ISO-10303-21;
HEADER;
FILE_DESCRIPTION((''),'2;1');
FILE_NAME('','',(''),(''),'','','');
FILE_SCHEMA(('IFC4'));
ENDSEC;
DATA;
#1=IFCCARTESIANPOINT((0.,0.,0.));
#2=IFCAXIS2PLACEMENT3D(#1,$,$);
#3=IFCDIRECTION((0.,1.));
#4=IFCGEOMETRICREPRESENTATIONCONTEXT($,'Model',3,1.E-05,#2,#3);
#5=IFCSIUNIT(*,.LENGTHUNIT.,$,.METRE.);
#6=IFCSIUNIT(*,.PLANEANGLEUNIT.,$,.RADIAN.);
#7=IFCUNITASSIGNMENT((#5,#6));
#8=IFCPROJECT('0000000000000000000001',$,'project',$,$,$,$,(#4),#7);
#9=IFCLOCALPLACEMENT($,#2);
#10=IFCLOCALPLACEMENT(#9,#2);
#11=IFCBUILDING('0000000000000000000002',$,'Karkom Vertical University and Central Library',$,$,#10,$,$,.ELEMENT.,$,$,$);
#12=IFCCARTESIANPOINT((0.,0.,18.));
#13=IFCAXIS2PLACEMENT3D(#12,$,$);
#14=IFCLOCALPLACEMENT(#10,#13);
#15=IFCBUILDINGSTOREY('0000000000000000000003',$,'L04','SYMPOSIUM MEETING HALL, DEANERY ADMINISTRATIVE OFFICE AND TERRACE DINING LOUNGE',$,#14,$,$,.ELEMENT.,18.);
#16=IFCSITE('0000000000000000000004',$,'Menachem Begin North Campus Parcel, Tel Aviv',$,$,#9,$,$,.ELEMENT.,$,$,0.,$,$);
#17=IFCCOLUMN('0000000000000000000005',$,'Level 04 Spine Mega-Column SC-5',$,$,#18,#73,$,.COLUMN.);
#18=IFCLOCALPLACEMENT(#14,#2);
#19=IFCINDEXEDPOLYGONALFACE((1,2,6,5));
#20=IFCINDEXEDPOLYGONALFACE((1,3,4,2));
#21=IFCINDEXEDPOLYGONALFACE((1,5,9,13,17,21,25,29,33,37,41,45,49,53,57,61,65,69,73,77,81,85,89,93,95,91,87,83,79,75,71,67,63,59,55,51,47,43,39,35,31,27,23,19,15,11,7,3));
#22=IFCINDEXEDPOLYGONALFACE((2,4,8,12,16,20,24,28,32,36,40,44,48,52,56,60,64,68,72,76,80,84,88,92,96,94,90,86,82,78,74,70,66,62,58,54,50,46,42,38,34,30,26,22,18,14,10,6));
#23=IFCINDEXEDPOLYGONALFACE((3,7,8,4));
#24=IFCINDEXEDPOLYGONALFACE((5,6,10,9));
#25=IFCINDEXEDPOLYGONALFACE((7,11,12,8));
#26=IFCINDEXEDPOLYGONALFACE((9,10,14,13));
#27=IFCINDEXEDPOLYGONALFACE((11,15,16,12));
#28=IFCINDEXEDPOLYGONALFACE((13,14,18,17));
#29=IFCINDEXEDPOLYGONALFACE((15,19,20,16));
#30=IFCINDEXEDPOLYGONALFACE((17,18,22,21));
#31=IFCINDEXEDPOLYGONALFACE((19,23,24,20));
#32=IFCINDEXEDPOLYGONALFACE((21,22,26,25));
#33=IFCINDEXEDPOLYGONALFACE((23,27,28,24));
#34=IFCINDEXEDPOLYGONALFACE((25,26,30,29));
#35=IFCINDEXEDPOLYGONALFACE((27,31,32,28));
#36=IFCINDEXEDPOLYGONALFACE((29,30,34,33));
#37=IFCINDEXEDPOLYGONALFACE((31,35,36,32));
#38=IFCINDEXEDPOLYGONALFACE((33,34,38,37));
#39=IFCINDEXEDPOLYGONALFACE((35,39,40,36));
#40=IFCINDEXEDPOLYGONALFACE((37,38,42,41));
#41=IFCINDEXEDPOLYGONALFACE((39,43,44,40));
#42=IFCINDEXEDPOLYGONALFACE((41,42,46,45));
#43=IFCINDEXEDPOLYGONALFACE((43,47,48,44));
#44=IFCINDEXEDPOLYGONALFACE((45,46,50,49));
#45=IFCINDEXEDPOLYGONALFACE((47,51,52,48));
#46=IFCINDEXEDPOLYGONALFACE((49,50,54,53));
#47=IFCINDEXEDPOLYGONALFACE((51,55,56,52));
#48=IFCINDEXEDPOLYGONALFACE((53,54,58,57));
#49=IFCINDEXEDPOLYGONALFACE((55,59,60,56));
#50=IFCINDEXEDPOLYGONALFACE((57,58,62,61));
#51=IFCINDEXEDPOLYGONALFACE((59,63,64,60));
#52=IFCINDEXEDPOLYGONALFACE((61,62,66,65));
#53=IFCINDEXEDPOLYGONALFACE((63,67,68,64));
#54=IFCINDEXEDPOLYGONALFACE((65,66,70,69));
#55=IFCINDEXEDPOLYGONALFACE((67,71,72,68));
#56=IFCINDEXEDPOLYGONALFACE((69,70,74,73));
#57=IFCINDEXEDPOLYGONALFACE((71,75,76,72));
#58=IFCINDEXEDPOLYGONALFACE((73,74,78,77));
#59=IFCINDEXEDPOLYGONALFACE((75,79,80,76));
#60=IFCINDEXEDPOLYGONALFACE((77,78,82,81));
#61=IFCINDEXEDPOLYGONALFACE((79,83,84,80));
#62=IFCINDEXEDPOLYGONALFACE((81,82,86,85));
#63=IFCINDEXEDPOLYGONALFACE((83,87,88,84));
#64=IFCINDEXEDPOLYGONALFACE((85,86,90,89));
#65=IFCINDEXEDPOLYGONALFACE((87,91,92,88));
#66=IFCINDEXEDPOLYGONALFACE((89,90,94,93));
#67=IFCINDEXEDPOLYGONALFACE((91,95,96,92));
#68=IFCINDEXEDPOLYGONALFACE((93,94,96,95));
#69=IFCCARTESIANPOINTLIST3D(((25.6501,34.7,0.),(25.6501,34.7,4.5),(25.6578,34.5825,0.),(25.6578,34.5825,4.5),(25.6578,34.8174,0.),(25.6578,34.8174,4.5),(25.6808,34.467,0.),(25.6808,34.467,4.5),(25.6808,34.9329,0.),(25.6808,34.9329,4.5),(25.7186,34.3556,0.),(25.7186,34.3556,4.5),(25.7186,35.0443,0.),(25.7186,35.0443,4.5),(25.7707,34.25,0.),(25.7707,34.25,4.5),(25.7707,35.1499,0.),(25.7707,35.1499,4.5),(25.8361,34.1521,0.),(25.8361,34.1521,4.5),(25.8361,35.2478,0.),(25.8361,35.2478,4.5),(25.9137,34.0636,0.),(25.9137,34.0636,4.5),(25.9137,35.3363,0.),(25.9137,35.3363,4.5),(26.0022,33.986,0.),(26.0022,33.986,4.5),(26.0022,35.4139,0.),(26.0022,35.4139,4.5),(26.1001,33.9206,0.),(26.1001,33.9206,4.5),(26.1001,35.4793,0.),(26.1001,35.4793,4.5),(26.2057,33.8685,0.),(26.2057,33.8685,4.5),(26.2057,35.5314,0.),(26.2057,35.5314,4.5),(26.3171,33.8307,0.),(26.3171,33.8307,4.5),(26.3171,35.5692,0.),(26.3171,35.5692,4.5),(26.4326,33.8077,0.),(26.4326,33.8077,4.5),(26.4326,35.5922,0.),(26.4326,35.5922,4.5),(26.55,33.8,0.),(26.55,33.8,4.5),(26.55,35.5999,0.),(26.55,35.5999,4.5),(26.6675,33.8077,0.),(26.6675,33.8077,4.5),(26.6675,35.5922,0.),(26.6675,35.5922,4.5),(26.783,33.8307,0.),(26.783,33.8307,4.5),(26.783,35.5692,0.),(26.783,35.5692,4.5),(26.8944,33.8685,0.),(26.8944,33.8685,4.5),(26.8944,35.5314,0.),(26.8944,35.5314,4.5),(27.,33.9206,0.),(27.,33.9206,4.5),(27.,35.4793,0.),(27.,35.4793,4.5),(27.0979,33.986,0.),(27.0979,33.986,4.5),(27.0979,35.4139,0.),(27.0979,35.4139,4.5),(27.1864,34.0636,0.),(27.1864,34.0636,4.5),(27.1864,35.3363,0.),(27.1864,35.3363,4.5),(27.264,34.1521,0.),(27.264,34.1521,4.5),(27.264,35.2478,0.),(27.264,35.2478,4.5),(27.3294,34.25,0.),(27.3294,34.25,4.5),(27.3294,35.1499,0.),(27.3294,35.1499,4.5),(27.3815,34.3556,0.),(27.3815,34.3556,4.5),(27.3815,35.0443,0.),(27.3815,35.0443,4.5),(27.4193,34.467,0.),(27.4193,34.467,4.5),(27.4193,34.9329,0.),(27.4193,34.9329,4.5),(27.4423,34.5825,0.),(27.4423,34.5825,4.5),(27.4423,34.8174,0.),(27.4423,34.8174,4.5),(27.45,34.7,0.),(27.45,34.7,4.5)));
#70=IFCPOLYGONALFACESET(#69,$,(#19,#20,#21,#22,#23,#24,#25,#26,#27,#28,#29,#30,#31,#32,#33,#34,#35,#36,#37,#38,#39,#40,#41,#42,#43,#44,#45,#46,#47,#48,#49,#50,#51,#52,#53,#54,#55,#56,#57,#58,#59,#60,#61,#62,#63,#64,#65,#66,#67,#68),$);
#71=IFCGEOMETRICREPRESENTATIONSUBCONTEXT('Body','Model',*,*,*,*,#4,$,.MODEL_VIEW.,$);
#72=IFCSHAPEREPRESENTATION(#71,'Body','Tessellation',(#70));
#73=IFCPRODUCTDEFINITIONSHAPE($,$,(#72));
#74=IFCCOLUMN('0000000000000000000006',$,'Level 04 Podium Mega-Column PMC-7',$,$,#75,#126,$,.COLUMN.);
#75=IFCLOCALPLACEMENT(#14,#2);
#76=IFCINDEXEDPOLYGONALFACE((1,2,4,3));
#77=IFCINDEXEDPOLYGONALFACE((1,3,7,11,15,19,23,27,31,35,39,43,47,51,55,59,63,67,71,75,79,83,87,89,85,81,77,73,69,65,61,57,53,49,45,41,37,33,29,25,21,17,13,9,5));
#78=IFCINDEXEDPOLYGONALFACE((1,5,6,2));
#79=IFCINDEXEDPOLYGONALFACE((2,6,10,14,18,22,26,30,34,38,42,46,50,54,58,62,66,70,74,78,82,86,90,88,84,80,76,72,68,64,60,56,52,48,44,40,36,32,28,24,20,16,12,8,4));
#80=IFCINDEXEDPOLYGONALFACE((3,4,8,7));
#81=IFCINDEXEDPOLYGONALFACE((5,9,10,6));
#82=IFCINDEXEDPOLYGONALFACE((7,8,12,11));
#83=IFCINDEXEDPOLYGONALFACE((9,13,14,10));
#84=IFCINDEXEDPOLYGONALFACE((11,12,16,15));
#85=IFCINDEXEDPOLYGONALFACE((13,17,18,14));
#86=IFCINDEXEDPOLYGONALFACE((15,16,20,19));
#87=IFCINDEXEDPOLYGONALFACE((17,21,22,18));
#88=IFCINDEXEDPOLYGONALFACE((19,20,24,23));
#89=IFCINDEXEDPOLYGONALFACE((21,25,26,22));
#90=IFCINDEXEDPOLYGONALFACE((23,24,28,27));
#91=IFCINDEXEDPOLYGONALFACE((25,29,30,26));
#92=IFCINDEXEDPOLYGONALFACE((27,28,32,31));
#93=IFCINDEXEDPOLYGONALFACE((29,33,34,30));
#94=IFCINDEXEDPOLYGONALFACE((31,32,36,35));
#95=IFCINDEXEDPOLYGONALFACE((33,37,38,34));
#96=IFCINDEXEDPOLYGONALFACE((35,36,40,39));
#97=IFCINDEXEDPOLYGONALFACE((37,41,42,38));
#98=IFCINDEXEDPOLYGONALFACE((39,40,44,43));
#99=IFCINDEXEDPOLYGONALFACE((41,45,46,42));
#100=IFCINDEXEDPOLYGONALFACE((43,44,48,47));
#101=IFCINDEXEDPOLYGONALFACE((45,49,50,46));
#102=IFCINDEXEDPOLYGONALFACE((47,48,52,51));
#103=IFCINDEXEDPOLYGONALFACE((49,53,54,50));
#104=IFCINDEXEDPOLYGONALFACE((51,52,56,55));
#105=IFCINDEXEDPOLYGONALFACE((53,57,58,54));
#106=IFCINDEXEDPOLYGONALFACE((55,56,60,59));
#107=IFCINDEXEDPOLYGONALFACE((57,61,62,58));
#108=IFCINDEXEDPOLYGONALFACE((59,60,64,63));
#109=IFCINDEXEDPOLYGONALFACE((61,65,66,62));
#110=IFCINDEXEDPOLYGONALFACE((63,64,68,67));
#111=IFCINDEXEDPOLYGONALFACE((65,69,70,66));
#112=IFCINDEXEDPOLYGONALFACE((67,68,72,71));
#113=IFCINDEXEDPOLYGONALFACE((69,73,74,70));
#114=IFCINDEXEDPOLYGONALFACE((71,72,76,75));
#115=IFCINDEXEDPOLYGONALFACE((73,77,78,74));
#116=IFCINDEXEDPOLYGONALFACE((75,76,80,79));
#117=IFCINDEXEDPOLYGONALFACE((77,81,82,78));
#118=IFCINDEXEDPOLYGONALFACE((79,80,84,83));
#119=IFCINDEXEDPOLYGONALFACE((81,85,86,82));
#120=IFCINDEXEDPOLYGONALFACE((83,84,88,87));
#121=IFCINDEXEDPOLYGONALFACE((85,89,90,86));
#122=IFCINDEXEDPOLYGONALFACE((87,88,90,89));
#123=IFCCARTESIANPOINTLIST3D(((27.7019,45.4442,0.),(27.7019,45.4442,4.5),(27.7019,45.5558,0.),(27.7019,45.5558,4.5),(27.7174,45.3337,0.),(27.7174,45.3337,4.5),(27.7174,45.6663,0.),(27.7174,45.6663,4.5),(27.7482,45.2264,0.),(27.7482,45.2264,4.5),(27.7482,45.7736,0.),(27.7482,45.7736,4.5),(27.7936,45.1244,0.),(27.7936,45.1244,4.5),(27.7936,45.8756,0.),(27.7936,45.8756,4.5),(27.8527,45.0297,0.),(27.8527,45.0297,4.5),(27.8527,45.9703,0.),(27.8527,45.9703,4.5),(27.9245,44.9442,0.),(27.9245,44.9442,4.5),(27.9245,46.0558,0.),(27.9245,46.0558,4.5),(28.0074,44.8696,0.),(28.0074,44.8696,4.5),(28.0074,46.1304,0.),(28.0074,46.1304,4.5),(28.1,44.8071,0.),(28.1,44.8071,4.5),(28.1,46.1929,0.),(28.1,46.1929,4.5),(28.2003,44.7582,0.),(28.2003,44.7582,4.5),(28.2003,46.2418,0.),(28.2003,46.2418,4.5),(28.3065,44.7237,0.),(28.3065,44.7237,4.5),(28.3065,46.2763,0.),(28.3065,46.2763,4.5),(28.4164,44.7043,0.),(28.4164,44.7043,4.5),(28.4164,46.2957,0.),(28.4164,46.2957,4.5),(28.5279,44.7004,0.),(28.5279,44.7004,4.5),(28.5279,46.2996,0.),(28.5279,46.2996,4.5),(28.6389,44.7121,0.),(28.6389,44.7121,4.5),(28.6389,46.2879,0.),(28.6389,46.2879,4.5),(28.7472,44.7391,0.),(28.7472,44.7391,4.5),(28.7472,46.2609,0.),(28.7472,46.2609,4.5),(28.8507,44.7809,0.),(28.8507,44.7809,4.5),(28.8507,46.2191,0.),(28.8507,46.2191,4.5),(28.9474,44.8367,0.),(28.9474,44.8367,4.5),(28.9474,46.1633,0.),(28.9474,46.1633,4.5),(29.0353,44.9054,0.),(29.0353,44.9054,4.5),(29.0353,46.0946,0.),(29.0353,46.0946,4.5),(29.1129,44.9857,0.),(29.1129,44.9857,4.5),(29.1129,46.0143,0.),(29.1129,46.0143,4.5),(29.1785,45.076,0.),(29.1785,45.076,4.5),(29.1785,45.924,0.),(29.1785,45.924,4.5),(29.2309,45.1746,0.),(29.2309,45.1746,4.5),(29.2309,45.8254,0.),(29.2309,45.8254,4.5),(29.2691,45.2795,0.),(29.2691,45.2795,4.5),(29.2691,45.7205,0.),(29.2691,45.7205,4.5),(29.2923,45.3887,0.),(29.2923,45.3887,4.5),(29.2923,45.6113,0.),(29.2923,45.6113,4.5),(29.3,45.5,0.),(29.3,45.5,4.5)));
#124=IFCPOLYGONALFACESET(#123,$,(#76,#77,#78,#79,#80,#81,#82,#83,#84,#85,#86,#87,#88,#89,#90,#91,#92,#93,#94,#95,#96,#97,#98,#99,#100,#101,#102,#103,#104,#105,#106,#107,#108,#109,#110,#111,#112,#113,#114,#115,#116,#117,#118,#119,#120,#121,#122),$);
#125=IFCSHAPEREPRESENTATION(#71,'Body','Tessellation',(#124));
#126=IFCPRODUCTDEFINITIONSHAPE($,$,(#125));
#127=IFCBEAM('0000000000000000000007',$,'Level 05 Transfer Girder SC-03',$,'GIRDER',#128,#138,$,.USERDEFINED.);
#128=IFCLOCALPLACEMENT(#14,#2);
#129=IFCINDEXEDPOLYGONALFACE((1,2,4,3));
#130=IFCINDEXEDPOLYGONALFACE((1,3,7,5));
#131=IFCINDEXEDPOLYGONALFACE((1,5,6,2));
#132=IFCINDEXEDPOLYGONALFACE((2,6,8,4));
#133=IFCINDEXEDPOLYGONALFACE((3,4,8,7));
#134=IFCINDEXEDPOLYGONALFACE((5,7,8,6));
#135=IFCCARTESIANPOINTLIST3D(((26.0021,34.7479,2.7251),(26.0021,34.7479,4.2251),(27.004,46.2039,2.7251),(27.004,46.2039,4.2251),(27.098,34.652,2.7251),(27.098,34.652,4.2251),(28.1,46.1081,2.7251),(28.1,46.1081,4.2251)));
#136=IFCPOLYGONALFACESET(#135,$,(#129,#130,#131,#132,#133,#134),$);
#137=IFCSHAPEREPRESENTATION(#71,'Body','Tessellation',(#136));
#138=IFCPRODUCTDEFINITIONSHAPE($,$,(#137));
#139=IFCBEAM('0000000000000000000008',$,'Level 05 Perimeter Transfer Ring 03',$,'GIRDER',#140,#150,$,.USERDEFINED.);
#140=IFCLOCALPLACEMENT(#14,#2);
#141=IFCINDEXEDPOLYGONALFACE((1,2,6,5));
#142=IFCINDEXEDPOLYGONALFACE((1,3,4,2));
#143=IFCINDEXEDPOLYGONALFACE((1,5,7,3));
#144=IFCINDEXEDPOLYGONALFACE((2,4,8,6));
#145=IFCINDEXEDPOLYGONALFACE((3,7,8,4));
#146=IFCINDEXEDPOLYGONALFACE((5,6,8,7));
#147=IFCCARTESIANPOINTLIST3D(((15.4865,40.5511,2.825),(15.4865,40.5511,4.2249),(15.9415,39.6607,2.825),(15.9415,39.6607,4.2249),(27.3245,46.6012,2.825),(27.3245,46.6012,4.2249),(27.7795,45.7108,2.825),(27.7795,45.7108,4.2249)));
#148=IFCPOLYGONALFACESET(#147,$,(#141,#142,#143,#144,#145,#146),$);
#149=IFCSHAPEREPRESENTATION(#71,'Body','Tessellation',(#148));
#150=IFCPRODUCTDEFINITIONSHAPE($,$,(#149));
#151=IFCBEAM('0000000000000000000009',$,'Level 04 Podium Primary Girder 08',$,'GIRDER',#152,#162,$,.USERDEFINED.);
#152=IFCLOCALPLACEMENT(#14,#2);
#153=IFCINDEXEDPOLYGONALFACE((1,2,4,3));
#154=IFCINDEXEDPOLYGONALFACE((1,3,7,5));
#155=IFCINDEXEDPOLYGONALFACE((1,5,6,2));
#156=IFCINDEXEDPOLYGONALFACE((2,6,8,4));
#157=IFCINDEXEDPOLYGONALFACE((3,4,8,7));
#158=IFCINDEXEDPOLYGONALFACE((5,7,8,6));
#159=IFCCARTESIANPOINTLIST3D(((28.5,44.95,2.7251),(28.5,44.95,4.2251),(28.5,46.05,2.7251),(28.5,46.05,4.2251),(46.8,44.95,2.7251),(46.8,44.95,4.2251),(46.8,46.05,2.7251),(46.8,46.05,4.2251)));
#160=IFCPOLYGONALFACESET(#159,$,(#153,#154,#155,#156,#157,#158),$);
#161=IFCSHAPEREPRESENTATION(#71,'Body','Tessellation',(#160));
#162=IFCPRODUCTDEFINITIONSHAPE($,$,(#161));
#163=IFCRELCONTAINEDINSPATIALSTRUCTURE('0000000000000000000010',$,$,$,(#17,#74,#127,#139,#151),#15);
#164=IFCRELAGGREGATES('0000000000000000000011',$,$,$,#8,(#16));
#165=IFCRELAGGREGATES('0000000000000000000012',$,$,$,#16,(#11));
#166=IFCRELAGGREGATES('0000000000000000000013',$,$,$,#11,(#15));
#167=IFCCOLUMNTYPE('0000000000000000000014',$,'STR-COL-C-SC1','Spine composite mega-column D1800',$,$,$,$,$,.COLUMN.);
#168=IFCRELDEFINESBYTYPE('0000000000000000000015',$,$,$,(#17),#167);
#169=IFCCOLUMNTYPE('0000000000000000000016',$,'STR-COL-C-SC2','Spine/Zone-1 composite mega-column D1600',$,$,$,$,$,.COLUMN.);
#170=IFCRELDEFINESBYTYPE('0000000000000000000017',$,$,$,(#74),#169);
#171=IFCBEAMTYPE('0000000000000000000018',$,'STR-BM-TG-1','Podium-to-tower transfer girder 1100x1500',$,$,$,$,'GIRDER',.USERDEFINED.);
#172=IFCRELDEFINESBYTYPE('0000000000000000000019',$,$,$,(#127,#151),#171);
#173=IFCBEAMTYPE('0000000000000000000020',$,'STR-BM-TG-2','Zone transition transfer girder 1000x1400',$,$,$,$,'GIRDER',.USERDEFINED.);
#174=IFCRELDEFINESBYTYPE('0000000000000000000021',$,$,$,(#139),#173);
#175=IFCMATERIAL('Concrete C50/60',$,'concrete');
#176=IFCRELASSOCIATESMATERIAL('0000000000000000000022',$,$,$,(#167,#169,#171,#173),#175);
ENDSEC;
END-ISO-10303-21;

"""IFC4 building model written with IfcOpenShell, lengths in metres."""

from ifc_helpers import new_model, si_unit, direction, frame, origin, origin_with_axes, origin_2d, place, context, subcontext, project, spatial, rectangle, circle, extrude, source, transform, mapped, material, material_profile, profile_set, type_object, element, save


model = new_model("IFC4")

# Units and contexts
model_context = context("Model", 3, precision=1e-05, world=origin(), true_north=direction((0.0, 1.0)))
body_context = subcontext(model_context, "Body", "Model", "MODEL_VIEW")
ifc_project = project(units=[si_unit("LENGTHUNIT", "METRE"), si_unit("PLANEANGLEUNIT", "RADIAN")], contexts=[model_context])

# Site, building, storey
site_placement = place(None, origin())
site = spatial("IfcSite", under=ifc_project, at=site_placement, Name="Menachem Begin North Campus Parcel, Tel Aviv", CompositionType="ELEMENT", RefElevation=0.0)
building_placement = place(site_placement, origin())
building = spatial("IfcBuilding", under=site, at=building_placement, Name="Karkom Vertical University and Central Library", CompositionType="ELEMENT")
storey_placement = place(building_placement, frame((0.0, 0.0, 18.0)))
storey = spatial("IfcBuildingStorey", under=building, at=storey_placement, Name="L04", Description="SYMPOSIUM MEETING HALL, DEANERY ADMINISTRATIVE OFFICE AND TERRACE DINING LOUNGE", CompositionType="ELEMENT", Elevation=18.0)

# Columns
ifc_material_1 = material(Name="Concrete C50/60", Category="concrete")
ifc_material_profile_1 = material_profile(ifc_material_1, circle(Radius=0.8999, at=origin_2d()), Name="CFT-D1800")
ifc_profile_set_1 = profile_set([ifc_material_profile_1], Name="Concrete C50/60")
column_type_1 = type_object("IfcColumnType", Name="STR-COL-C-SC1", Description="Spine composite mega-column D1800", PredefinedType="COLUMN", material=ifc_profile_set_1)
shared_shape_1 = source(origin_with_axes(), body_context, "Body", "SweptSolid", [
    extrude(circle(Radius=0.8999, at=origin_2d()), origin(), (0.0, 0.0, 1.0), 4.5),
])
column_1_placement = place(storey_placement, frame((26.55, 34.7, 0.0), z_axis=(0.0, 0.0, 1.0), x_axis=(1.0, 0.0, 0.0)))
element("IfcColumn", 1, at=column_1_placement, inside=storey, type_object=column_type_1, Name="Level 04 Spine Mega-Column SC-5", PredefinedType="COLUMN", context=body_context, shape_type="MappedRepresentation", body=[
    mapped(shared_shape_1, transform((0.0, 0.0, 0.0), scale=1.0)),
])
ifc_material_profile_2 = material_profile(ifc_material_1, circle(Radius=0.8, at=origin_2d()), Name="CFT-D1600")
ifc_profile_set_2 = profile_set([ifc_material_profile_2], Name="Concrete C50/60")
column_type_2 = type_object("IfcColumnType", Name="STR-COL-C-SC2", Description="Spine/Zone-1 composite mega-column D1600", PredefinedType="COLUMN", material=ifc_profile_set_2)
shared_shape_2 = source(origin_with_axes(), body_context, "Body", "SweptSolid", [
    extrude(circle(Radius=0.8, at=origin_2d()), origin(), (0.0, 0.0, 1.0), 4.5),
])
column_2_placement = place(storey_placement, frame((28.5, 45.5, 0.0), z_axis=(0.0, 0.0, 1.0), x_axis=(1.0, 0.0, 0.0)))
element("IfcColumn", 2, at=column_2_placement, inside=storey, type_object=column_type_2, Name="Level 04 Podium Mega-Column PMC-7", PredefinedType="COLUMN", context=body_context, shape_type="MappedRepresentation", body=[
    mapped(shared_shape_2, transform((0.0, 0.0, 0.0), scale=1.0)),
])

# Beams
ifc_material_profile_3 = material_profile(ifc_material_1, rectangle(XDim=1.1001, YDim=1.5, at=origin_2d()), Name="TG-1100x1500")
ifc_profile_set_3 = profile_set([ifc_material_profile_3], Name="Concrete C50/60")
beam_type_1 = type_object("IfcBeamType", Name="STR-BM-TG-1", Description="Podium-to-tower transfer girder 1100x1500", ElementType="GIRDER", PredefinedType="USERDEFINED", material=ifc_profile_set_3)
shared_shape_3 = source(origin_with_axes(), body_context, "Body", "SweptSolid", [
    extrude(rectangle(XDim=1.1001, YDim=1.5, at=origin_2d()), origin(), (0.0, 0.0, 1.0), 11.4998),
])
beam_1_placement = place(storey_placement, frame((26.55, 34.7, 3.4751), z_axis=(0.087128, 0.996197, 0.0), x_axis=(-0.996197, 0.087128, 0.0)))
element("IfcBeam", 3, at=beam_1_placement, inside=storey, type_object=beam_type_1, Name="Level 05 Transfer Girder SC-03", ObjectType="GIRDER", PredefinedType="USERDEFINED", context=body_context, shape_type="MappedRepresentation", body=[
    mapped(shared_shape_3, transform((0.0, 0.0, 0.0), scale=1.0)),
])
ifc_material_profile_4 = material_profile(ifc_material_1, rectangle(XDim=1.0, YDim=1.3999, at=origin_2d()), Name="TG-1000x1400")
ifc_profile_set_4 = profile_set([ifc_material_profile_4], Name="Concrete C50/60")
beam_type_2 = type_object("IfcBeamType", Name="STR-BM-TG-2", Description="Zone transition transfer girder 1000x1400", ElementType="GIRDER", PredefinedType="USERDEFINED", material=ifc_profile_set_4)
shared_shape_4 = source(origin_with_axes(), body_context, "Body", "SweptSolid", [
    extrude(rectangle(XDim=1.0, YDim=1.3999, at=origin_2d()), origin(), (0.0, 0.0, 1.0), 13.2944),
])
beam_2_placement = place(storey_placement, frame((27.552, 46.156, 3.5249), z_axis=(-0.890448, -0.455085, 0.0), x_axis=(0.455085, -0.890448, 0.0)))
element("IfcBeam", 4, at=beam_2_placement, inside=storey, type_object=beam_type_2, Name="Level 05 Perimeter Transfer Ring 03", ObjectType="GIRDER", PredefinedType="USERDEFINED", context=body_context, shape_type="MappedRepresentation", body=[
    mapped(shared_shape_4, transform((0.0, 0.0, 0.0), scale=1.0)),
])
shared_shape_5 = source(origin_with_axes(), body_context, "Body", "SweptSolid", [
    extrude(rectangle(XDim=1.1001, YDim=1.5, at=origin_2d()), origin(), (0.0, 0.0, 1.0), 18.3),
])
beam_3_placement = place(storey_placement, frame((28.5, 45.5, 3.4751), z_axis=(1.0, 0.0, 0.0), x_axis=(0.0, 1.0, 0.0)))
element("IfcBeam", 5, at=beam_3_placement, inside=storey, type_object=beam_type_1, Name="Level 04 Podium Primary Girder 08", ObjectType="GIRDER", PredefinedType="USERDEFINED", context=body_context, shape_type="MappedRepresentation", body=[
    mapped(shared_shape_5, transform((0.0, 0.0, 0.0), scale=1.0)),
])

save(model, "model.ifc")
